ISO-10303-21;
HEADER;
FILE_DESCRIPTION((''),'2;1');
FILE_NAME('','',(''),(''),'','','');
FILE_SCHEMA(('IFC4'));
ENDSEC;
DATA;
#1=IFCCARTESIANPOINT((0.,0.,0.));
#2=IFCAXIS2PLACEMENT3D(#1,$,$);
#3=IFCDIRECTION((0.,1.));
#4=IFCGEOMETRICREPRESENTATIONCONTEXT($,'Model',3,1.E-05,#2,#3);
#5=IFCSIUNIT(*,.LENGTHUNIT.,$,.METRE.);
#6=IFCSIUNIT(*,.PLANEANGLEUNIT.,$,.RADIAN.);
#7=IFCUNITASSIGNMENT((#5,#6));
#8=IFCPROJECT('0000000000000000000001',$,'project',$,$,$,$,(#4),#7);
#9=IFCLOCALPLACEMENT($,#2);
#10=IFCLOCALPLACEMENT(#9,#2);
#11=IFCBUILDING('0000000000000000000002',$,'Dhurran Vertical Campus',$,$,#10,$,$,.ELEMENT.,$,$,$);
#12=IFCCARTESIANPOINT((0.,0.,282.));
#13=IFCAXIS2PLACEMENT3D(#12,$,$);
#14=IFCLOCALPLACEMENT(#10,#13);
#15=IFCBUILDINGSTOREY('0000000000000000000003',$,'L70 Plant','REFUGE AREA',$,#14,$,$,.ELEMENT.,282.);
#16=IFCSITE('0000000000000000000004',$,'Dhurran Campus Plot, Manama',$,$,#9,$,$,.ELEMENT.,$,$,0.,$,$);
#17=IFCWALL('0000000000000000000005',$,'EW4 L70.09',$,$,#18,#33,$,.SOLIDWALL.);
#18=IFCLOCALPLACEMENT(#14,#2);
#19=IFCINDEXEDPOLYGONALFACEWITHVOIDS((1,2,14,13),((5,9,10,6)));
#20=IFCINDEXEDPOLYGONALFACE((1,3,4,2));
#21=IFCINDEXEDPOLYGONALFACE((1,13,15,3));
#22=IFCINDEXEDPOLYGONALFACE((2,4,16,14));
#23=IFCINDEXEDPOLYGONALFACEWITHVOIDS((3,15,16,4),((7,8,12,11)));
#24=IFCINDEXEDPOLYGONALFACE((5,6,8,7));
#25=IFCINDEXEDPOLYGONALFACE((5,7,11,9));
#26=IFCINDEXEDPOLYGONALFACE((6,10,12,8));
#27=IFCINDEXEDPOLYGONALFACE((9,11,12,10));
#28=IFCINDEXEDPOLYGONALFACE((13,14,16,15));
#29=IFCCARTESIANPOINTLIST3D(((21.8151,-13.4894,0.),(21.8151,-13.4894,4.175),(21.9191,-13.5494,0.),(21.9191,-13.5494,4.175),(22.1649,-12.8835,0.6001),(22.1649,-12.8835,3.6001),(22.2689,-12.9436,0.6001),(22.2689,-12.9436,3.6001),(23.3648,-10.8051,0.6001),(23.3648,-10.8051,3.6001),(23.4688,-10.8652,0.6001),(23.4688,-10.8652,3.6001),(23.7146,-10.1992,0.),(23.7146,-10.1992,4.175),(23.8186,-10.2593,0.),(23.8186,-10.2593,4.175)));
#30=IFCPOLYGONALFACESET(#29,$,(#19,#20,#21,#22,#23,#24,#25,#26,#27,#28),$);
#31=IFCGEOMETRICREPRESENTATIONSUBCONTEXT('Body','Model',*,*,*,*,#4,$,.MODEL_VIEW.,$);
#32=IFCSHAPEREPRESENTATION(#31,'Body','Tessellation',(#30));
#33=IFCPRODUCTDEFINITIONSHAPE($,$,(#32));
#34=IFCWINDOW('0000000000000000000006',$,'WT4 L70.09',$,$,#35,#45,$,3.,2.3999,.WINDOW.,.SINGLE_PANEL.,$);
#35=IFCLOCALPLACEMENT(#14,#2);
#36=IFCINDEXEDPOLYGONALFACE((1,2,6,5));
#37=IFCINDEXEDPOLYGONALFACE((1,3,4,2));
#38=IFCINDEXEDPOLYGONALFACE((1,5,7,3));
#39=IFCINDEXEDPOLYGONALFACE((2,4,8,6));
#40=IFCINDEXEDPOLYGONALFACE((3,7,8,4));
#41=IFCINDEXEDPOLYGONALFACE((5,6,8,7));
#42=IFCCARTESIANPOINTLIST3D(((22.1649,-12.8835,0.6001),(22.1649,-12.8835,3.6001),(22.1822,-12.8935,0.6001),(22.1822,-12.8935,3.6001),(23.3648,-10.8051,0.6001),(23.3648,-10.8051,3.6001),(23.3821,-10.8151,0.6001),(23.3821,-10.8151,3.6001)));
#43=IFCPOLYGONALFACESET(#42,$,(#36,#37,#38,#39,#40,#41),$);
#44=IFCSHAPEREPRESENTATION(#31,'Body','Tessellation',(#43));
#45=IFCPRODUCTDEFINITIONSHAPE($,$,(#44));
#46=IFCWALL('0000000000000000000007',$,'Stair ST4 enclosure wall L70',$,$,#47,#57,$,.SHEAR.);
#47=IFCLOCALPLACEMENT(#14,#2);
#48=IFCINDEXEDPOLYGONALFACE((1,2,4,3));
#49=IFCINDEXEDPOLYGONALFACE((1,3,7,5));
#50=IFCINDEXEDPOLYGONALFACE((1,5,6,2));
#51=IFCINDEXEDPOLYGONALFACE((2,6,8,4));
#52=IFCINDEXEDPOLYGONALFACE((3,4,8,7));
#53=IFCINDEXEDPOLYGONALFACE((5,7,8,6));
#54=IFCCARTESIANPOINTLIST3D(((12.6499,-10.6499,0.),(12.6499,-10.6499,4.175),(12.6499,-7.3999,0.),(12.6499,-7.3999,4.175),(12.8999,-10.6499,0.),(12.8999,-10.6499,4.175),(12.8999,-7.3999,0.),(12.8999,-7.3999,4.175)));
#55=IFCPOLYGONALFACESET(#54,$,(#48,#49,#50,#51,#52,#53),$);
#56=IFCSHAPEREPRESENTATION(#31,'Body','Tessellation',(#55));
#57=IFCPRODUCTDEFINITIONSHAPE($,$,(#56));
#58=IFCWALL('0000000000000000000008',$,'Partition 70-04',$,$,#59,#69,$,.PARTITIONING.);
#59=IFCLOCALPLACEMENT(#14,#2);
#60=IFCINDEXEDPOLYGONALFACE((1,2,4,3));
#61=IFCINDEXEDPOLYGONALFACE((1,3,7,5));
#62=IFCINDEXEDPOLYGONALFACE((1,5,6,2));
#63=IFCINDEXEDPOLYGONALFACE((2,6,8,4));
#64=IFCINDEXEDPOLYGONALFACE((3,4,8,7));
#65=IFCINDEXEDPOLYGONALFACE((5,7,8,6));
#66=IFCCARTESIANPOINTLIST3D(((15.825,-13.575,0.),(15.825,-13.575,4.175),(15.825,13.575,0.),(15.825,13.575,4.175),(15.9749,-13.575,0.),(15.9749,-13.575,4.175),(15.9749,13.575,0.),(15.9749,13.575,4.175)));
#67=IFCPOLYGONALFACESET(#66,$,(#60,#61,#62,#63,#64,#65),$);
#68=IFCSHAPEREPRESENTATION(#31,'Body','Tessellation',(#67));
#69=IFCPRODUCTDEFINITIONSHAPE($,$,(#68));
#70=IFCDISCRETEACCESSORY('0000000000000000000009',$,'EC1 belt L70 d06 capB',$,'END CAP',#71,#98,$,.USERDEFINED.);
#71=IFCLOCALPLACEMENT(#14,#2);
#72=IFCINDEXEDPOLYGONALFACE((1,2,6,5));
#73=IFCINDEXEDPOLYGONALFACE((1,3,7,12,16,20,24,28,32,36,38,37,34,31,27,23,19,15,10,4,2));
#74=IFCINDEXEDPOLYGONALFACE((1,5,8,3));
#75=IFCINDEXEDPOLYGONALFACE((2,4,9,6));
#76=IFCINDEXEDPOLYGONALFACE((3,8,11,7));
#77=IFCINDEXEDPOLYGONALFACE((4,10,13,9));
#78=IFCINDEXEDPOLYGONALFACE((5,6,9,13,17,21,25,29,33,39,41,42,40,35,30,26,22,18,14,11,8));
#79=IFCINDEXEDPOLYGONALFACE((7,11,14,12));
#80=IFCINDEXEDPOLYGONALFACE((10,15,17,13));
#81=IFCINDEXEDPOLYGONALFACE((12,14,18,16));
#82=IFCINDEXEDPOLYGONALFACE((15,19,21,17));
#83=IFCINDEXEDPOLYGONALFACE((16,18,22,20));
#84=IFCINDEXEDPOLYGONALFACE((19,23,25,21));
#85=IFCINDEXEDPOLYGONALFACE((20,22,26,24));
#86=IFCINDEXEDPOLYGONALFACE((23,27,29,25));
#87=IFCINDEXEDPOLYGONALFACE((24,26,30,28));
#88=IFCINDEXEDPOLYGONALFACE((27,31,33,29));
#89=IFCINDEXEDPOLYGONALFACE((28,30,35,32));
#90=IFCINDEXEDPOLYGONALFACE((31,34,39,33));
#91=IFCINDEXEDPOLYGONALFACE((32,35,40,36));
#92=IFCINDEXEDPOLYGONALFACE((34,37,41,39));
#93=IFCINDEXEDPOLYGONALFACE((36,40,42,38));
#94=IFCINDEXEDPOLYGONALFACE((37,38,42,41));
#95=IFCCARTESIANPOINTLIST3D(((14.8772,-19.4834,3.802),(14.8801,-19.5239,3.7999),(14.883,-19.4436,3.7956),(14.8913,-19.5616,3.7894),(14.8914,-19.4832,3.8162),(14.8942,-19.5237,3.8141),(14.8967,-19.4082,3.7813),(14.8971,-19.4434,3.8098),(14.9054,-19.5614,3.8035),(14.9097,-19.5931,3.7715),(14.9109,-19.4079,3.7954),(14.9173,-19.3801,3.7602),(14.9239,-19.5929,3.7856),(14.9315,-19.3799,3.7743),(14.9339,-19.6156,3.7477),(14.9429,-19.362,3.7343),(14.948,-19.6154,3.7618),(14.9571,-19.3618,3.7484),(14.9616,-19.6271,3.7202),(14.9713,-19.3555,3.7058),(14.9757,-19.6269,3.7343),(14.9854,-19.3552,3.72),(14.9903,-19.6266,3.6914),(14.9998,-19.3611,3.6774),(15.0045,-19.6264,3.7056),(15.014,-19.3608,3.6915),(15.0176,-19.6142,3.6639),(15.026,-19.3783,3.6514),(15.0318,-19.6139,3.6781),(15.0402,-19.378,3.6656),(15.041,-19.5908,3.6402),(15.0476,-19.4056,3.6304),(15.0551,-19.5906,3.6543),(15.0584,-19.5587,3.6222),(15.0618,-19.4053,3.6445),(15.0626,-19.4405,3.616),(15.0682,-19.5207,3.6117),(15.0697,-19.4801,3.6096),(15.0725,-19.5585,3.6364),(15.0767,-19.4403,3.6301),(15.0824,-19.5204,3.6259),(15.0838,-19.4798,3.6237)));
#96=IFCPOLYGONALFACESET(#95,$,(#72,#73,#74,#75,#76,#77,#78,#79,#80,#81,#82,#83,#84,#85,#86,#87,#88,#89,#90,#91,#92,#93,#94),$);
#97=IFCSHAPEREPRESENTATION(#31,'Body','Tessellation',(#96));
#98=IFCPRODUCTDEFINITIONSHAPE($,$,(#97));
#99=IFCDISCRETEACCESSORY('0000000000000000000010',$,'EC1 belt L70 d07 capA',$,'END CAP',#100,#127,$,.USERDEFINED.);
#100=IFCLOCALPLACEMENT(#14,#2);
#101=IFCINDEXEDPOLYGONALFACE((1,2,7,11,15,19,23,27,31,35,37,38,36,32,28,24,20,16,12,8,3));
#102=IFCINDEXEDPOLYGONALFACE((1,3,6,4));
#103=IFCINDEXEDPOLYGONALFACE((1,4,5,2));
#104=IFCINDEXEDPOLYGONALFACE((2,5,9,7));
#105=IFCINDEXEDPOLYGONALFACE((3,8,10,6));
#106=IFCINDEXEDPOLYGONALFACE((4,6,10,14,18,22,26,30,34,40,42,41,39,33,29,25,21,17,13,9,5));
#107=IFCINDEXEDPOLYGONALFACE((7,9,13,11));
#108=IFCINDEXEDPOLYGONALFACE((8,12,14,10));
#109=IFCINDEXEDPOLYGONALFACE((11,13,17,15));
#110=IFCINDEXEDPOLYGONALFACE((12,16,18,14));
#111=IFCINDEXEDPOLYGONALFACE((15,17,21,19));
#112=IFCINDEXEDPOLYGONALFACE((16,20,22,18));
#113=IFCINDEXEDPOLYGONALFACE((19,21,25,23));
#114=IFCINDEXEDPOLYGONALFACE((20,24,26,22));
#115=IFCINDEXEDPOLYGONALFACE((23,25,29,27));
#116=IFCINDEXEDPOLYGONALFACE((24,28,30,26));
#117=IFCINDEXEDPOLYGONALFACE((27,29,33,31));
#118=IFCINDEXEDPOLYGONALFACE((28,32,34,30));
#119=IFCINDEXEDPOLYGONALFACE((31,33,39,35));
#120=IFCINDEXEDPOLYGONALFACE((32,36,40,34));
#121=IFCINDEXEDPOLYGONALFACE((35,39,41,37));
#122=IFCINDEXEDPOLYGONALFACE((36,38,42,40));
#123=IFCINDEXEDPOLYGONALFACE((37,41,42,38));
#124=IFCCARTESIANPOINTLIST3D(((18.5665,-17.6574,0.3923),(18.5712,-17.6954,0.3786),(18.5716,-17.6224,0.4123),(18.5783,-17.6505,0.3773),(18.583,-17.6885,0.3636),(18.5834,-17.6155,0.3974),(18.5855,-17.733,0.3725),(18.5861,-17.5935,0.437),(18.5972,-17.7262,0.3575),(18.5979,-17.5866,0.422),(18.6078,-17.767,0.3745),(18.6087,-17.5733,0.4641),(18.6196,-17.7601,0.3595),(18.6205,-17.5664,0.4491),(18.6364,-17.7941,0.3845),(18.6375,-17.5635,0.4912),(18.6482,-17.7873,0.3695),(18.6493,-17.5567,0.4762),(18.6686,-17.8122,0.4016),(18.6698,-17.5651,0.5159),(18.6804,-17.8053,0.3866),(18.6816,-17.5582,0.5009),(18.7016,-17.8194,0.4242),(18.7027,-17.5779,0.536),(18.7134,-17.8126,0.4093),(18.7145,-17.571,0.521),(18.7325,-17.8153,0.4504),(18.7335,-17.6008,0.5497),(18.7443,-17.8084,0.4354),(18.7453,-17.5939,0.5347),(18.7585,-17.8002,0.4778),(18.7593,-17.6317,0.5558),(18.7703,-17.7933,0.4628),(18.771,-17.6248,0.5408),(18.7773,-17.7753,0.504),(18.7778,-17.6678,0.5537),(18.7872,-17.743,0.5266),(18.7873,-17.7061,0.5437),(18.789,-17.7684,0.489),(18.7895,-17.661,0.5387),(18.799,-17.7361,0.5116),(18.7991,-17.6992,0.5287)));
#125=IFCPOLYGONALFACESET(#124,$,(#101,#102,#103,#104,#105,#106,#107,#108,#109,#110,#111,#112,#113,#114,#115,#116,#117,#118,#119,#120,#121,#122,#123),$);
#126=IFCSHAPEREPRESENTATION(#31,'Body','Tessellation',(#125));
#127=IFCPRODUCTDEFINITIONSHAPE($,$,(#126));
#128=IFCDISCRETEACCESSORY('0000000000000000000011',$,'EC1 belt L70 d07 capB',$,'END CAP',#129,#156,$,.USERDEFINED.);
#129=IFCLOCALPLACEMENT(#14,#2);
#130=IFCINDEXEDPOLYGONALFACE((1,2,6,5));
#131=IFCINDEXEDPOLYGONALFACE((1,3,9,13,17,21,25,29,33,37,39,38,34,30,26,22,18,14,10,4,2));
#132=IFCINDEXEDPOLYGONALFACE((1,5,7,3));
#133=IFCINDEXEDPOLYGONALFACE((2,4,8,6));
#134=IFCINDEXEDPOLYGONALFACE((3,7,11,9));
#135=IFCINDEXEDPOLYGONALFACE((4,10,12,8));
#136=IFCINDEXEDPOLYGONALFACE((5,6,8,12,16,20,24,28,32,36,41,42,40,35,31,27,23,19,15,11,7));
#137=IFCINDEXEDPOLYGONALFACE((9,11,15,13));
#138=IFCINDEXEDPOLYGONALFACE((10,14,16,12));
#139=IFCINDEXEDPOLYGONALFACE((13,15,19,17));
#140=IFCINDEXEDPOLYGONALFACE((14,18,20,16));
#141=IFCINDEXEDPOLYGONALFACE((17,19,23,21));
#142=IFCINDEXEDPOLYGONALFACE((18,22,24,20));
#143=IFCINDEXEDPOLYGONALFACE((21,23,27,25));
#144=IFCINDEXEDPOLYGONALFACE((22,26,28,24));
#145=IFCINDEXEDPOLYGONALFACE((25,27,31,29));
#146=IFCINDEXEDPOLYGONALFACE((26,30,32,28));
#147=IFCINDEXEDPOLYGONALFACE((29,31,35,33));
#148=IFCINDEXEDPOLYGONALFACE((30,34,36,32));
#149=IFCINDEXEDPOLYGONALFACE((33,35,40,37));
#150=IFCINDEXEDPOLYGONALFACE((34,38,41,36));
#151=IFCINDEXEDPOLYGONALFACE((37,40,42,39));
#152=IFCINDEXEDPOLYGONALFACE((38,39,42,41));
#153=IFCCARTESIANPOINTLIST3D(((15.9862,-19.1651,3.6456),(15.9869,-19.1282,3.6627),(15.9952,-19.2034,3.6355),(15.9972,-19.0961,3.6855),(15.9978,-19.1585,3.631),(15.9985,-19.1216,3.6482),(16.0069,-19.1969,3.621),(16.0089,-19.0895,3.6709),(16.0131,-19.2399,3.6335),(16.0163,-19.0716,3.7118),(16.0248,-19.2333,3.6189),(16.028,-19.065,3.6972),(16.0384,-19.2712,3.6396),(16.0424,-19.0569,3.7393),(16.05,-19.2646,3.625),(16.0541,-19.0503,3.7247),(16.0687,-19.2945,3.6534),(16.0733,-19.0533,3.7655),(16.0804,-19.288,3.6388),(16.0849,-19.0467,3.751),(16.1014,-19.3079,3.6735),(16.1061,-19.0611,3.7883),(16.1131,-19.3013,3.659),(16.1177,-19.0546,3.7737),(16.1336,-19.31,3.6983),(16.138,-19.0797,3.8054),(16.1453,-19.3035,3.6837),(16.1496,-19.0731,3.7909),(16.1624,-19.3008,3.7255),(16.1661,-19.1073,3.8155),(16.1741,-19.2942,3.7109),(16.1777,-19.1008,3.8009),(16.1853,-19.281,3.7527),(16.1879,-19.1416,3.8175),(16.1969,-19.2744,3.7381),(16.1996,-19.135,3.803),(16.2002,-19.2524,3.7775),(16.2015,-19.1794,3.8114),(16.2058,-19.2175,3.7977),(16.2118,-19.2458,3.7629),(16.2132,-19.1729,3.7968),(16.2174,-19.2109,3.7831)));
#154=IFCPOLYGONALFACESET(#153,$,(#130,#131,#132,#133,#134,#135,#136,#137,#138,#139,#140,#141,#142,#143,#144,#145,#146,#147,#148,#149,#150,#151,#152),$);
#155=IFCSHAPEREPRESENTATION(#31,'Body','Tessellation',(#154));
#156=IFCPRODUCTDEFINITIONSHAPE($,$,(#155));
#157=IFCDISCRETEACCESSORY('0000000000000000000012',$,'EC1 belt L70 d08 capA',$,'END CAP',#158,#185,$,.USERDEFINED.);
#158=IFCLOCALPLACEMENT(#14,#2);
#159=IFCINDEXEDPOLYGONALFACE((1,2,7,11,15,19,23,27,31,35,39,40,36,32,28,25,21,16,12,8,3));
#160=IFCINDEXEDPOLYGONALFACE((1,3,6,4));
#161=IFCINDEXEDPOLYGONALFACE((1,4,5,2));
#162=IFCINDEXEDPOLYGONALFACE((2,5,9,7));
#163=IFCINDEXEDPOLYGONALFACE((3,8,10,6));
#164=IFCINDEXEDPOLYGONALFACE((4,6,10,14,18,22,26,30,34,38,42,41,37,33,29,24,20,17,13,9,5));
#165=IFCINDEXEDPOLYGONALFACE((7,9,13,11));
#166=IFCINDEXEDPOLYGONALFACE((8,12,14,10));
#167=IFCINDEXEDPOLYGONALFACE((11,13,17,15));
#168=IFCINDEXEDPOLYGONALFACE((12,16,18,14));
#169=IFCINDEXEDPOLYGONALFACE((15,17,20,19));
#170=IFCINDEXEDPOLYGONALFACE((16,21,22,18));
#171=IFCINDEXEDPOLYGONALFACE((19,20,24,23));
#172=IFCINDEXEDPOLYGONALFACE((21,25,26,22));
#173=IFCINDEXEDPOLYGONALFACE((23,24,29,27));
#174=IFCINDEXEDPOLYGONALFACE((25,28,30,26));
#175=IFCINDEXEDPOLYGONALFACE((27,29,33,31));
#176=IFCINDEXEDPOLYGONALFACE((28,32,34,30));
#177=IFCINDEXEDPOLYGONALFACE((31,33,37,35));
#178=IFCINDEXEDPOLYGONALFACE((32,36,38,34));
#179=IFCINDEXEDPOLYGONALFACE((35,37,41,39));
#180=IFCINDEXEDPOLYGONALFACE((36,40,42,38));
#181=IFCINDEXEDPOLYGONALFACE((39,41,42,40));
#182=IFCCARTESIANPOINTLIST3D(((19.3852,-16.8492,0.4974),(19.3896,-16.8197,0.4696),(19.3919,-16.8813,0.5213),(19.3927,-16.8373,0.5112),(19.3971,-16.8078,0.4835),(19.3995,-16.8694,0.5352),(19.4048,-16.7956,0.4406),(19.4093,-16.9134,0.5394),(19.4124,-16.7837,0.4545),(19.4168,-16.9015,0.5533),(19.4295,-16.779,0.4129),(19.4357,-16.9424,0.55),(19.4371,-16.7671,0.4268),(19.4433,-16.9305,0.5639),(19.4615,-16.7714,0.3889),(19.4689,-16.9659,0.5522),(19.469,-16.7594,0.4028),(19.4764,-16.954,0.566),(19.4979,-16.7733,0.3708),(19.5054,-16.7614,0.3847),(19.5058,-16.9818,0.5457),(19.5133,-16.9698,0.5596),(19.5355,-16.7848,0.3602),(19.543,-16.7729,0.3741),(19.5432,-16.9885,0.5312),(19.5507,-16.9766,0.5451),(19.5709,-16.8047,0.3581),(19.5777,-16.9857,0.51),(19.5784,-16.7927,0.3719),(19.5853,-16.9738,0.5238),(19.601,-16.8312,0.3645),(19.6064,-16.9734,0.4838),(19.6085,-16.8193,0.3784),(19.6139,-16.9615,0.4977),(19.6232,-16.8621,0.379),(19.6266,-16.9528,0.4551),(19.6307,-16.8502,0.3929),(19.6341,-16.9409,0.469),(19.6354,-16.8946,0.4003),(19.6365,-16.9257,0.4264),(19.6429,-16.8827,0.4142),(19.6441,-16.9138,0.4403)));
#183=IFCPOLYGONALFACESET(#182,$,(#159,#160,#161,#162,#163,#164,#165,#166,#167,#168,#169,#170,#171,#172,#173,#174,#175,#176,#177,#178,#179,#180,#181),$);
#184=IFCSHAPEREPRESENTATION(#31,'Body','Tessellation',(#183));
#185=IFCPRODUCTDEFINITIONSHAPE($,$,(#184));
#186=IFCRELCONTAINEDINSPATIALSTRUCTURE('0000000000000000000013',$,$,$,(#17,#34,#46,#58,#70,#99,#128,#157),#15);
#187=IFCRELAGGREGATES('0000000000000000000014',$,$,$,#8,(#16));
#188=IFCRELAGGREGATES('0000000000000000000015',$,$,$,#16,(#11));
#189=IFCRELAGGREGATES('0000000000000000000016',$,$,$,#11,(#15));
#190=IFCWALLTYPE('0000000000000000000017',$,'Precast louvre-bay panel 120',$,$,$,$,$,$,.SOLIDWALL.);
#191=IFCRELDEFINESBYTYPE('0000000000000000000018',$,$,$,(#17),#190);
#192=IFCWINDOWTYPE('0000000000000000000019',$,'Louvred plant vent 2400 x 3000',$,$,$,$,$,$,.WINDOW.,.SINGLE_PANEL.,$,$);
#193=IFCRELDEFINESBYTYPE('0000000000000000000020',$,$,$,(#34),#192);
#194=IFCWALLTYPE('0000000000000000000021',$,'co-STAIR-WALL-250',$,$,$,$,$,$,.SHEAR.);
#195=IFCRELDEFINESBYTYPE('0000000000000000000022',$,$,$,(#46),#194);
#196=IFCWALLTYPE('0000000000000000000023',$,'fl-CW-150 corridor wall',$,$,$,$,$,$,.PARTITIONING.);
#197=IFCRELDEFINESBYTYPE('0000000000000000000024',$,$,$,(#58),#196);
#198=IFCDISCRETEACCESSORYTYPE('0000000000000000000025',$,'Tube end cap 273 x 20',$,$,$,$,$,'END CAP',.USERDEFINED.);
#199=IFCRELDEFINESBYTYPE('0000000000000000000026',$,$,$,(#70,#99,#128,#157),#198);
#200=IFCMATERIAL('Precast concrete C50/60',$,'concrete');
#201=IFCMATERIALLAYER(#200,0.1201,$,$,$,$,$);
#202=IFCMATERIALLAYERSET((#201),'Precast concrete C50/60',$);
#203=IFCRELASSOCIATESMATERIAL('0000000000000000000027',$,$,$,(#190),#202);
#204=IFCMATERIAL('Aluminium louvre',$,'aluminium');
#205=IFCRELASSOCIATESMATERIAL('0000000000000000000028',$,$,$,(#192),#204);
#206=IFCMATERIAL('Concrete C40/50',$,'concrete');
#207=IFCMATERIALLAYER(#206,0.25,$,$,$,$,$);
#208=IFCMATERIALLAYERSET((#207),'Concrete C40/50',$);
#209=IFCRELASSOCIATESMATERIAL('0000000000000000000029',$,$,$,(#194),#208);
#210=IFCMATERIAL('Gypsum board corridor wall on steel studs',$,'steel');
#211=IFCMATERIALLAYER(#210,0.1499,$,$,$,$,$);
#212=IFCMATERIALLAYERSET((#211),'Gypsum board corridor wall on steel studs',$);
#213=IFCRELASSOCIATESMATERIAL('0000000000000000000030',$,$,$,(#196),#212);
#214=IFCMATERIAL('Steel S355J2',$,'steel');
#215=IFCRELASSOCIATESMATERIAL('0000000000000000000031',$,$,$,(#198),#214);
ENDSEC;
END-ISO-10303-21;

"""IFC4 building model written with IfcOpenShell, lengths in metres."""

from ifc_helpers import new_model, si_unit, direction, frame, frame_2d, origin, origin_2d, place, context, subcontext, project, spatial, rectangle, circle, extrude, material, layer, layer_set, material_profile, profile_set, type_object, element, fill, save


model = new_model("IFC4")

# Units and contexts
model_context = context("Model", 3, precision=1e-05, world=origin(), true_north=direction((0.0, 1.0)))
body_context = subcontext(model_context, "Body", "Model", "MODEL_VIEW")
ifc_project = project(units=[si_unit("LENGTHUNIT", "METRE"), si_unit("PLANEANGLEUNIT", "RADIAN")], contexts=[model_context])

# Site, building, storey
site_placement = place(None, origin())
site = spatial("IfcSite", under=ifc_project, at=site_placement, Name="Dhurran Campus Plot, Manama", CompositionType="ELEMENT", RefElevation=0.0)
building_placement = place(site_placement, origin())
building = spatial("IfcBuilding", under=site, at=building_placement, Name="Dhurran Vertical Campus", CompositionType="ELEMENT")
storey_placement = place(building_placement, frame((0.0, 0.0, 282.0)))
storey = spatial("IfcBuildingStorey", under=building, at=storey_placement, Name="L70 Plant", Description="REFUGE AREA", CompositionType="ELEMENT", Elevation=282.0)

# Wall, opening, window
ifc_material_1 = material(Name="Precast concrete C50/60", Category="concrete")
ifc_layer_1 = layer(ifc_material_1, 0.1201)
ifc_layer_set_1 = layer_set([ifc_layer_1], Name="Precast concrete C50/60")
wall_type_1 = type_object("IfcWallType", Name="Precast louvre-bay panel 120", PredefinedType="SOLIDWALL", material=ifc_layer_set_1)
ifc_material_2 = material(Name="Aluminium louvre", Category="aluminium")
window_type = type_object("IfcWindowType", Name="Louvred plant vent 2400 x 3000", PartitioningType="SINGLE_PANEL", PredefinedType="WINDOW", material=ifc_material_2)
wall_1_placement = place(storey_placement, frame((21.8672, -13.5193, 0.0), z_axis=(0.0, 0.0, 1.0), x_axis=(0.499982, 0.866036, 0.0)))
wall_1 = element("IfcWall", 1, at=wall_1_placement, inside=storey, type_object=wall_type_1, Name="EW4 L70.09", PredefinedType="SOLIDWALL", context=body_context, shape_type="SweptSolid", body=[
    extrude(rectangle(XDim=3.7991, YDim=0.1201, at=frame_2d((1.8994, 0.0))), origin(), (0.0, 0.0, 1.0), 4.175),
])
opening_1_placement = place(wall_1_placement, frame((0.6995, 0.0, 0.6001)))
opening_1 = element("IfcOpeningElement", 2, at=opening_1_placement, cuts=wall_1, PredefinedType="OPENING", context=body_context, shape_type="SweptSolid", body=[
    extrude(rectangle(XDim=2.3999, YDim=3.0, at=frame_2d((1.2, 1.5))), frame((0.0, 0.0701, 0.0), z_axis=(0.0, -1.0, 0.0), x_axis=(1.0, 0.0, 0.0)), (0.0, 0.0, 1.0), 0.1401),
])
window_1_placement = place(opening_1_placement, origin())
window_1 = element("IfcWindow", 3, at=window_1_placement, inside=storey, type_object=window_type, Name="WT4 L70.09", OverallHeight=3.0, OverallWidth=2.3999, PartitioningType="SINGLE_PANEL", PredefinedType="WINDOW", context=body_context, shape_type="SweptSolid", body=[
    extrude(rectangle(XDim=2.3999, YDim=3.0, at=frame_2d((1.2, 1.5))), frame((0.0, 0.0601, 0.0), z_axis=(0.0, -1.0, 0.0), x_axis=(1.0, 0.0, 0.0)), (0.0, 0.0, 1.0), 0.02),
])
fill(opening_1, window_1)

# Walls
ifc_material_3 = material(Name="Concrete C40/50", Category="concrete")
ifc_layer_2 = layer(ifc_material_3, 0.25)
ifc_layer_set_2 = layer_set([ifc_layer_2], Name="Concrete C40/50")
wall_type_2 = type_object("IfcWallType", Name="co-STAIR-WALL-250", PredefinedType="SHEAR", material=ifc_layer_set_2)
wall_2_placement = place(storey_placement, frame((12.7749, -10.6499, 0.0), z_axis=(0.0, 0.0, 1.0), x_axis=(0.0, 1.0, 0.0)))
element("IfcWall", 4, at=wall_2_placement, inside=storey, type_object=wall_type_2, Name="Stair ST4 enclosure wall L70", PredefinedType="SHEAR", context=body_context, shape_type="SweptSolid", body=[
    extrude(rectangle(XDim=3.25, YDim=0.25, at=frame_2d((1.625, 0.0))), origin(), (0.0, 0.0, 1.0), 4.175),
])
ifc_material_4 = material(Name="Gypsum board corridor wall on steel studs", Category="steel")
ifc_layer_3 = layer(ifc_material_4, 0.1499)
ifc_layer_set_3 = layer_set([ifc_layer_3], Name="Gypsum board corridor wall on steel studs")
wall_type_3 = type_object("IfcWallType", Name="fl-CW-150 corridor wall", PredefinedType="PARTITIONING", material=ifc_layer_set_3)
wall_3_placement = place(storey_placement, frame((15.8999, -13.575, 0.0), z_axis=(0.0, 0.0, 1.0), x_axis=(0.0, 1.0, 0.0)))
element("IfcWall", 5, at=wall_3_placement, inside=storey, type_object=wall_type_3, Name="Partition 70-04", PredefinedType="PARTITIONING", context=body_context, shape_type="SweptSolid", body=[
    extrude(rectangle(XDim=27.1499, YDim=0.1499, at=frame_2d((13.575, 0.0))), origin(), (0.0, 0.0, 1.0), 4.175),
])

# Discrete accessories
ifc_material_5 = material(Name="Steel S355J2", Category="steel")
ifc_material_profile_1 = material_profile(ifc_material_5, circle(Radius=0.1365, at=origin_2d()), Name="Tube end cap 273 x 20")
ifc_profile_set_1 = profile_set([ifc_material_profile_1], Name="Steel S355J2")
discrete_accessory_type = type_object("IfcDiscreteAccessoryType", Name="Tube end cap 273 x 20", ElementType="END CAP", PredefinedType="USERDEFINED", material=ifc_profile_set_1)
discrete_accessory_1_placement = place(storey_placement, frame((14.9736, -19.4919, 3.7058), z_axis=(0.707054, 0.012191, 0.707054), x_axis=(-0.017239, 0.999851, 0.0)))
element("IfcDiscreteAccessory", 6, at=discrete_accessory_1_placement, inside=storey, type_object=discrete_accessory_type, Name="EC1 belt L70 d06 capB", ObjectType="END CAP", PredefinedType="USERDEFINED", context=body_context, shape_type="SweptSolid", body=[
    extrude(circle(Radius=0.1365, at=origin_2d()), origin(), (0.0, 0.0, 1.0), 0.02),
])
discrete_accessory_2_placement = place(storey_placement, frame((18.6775, -17.6912, 0.4641), z_axis=(0.581701, 0.339325, -0.739245), x_axis=(-0.503871, 0.863779, 0.0)))
element("IfcDiscreteAccessory", 7, at=discrete_accessory_2_placement, inside=storey, type_object=discrete_accessory_type, Name="EC1 belt L70 d07 capA", ObjectType="END CAP", PredefinedType="USERDEFINED", context=body_context, shape_type="SweptSolid", body=[
    extrude(circle(Radius=0.1365, at=origin_2d()), origin(), (0.0, 0.0, 1.0), 0.0203),
])
for number, where, z_axis, x_axis, name in (
    (8, (16.1072, -19.1753, 3.7109), (-0.589368, -0.331519, 0.736709), (0.490261, -0.871576, 0.0), "EC1 belt L70 d07 capB"),
    (9, (19.5188, -16.8679, 0.469), (-0.381266, -0.602646, -0.701038), (0.845079, -0.534642, 0.0), "EC1 belt L70 d08 capA"),
):
    element("IfcDiscreteAccessory", number, at=place(storey_placement, frame(where, z_axis=z_axis, x_axis=x_axis)), inside=storey, type_object=discrete_accessory_type, Name=name, ObjectType="END CAP", PredefinedType="USERDEFINED", context=body_context, shape_type="SweptSolid", body=[
        extrude(circle(Radius=0.1365, at=origin_2d()), origin(), (0.0, 0.0, 1.0), 0.0198),
    ])

save(model, "model.ifc")
